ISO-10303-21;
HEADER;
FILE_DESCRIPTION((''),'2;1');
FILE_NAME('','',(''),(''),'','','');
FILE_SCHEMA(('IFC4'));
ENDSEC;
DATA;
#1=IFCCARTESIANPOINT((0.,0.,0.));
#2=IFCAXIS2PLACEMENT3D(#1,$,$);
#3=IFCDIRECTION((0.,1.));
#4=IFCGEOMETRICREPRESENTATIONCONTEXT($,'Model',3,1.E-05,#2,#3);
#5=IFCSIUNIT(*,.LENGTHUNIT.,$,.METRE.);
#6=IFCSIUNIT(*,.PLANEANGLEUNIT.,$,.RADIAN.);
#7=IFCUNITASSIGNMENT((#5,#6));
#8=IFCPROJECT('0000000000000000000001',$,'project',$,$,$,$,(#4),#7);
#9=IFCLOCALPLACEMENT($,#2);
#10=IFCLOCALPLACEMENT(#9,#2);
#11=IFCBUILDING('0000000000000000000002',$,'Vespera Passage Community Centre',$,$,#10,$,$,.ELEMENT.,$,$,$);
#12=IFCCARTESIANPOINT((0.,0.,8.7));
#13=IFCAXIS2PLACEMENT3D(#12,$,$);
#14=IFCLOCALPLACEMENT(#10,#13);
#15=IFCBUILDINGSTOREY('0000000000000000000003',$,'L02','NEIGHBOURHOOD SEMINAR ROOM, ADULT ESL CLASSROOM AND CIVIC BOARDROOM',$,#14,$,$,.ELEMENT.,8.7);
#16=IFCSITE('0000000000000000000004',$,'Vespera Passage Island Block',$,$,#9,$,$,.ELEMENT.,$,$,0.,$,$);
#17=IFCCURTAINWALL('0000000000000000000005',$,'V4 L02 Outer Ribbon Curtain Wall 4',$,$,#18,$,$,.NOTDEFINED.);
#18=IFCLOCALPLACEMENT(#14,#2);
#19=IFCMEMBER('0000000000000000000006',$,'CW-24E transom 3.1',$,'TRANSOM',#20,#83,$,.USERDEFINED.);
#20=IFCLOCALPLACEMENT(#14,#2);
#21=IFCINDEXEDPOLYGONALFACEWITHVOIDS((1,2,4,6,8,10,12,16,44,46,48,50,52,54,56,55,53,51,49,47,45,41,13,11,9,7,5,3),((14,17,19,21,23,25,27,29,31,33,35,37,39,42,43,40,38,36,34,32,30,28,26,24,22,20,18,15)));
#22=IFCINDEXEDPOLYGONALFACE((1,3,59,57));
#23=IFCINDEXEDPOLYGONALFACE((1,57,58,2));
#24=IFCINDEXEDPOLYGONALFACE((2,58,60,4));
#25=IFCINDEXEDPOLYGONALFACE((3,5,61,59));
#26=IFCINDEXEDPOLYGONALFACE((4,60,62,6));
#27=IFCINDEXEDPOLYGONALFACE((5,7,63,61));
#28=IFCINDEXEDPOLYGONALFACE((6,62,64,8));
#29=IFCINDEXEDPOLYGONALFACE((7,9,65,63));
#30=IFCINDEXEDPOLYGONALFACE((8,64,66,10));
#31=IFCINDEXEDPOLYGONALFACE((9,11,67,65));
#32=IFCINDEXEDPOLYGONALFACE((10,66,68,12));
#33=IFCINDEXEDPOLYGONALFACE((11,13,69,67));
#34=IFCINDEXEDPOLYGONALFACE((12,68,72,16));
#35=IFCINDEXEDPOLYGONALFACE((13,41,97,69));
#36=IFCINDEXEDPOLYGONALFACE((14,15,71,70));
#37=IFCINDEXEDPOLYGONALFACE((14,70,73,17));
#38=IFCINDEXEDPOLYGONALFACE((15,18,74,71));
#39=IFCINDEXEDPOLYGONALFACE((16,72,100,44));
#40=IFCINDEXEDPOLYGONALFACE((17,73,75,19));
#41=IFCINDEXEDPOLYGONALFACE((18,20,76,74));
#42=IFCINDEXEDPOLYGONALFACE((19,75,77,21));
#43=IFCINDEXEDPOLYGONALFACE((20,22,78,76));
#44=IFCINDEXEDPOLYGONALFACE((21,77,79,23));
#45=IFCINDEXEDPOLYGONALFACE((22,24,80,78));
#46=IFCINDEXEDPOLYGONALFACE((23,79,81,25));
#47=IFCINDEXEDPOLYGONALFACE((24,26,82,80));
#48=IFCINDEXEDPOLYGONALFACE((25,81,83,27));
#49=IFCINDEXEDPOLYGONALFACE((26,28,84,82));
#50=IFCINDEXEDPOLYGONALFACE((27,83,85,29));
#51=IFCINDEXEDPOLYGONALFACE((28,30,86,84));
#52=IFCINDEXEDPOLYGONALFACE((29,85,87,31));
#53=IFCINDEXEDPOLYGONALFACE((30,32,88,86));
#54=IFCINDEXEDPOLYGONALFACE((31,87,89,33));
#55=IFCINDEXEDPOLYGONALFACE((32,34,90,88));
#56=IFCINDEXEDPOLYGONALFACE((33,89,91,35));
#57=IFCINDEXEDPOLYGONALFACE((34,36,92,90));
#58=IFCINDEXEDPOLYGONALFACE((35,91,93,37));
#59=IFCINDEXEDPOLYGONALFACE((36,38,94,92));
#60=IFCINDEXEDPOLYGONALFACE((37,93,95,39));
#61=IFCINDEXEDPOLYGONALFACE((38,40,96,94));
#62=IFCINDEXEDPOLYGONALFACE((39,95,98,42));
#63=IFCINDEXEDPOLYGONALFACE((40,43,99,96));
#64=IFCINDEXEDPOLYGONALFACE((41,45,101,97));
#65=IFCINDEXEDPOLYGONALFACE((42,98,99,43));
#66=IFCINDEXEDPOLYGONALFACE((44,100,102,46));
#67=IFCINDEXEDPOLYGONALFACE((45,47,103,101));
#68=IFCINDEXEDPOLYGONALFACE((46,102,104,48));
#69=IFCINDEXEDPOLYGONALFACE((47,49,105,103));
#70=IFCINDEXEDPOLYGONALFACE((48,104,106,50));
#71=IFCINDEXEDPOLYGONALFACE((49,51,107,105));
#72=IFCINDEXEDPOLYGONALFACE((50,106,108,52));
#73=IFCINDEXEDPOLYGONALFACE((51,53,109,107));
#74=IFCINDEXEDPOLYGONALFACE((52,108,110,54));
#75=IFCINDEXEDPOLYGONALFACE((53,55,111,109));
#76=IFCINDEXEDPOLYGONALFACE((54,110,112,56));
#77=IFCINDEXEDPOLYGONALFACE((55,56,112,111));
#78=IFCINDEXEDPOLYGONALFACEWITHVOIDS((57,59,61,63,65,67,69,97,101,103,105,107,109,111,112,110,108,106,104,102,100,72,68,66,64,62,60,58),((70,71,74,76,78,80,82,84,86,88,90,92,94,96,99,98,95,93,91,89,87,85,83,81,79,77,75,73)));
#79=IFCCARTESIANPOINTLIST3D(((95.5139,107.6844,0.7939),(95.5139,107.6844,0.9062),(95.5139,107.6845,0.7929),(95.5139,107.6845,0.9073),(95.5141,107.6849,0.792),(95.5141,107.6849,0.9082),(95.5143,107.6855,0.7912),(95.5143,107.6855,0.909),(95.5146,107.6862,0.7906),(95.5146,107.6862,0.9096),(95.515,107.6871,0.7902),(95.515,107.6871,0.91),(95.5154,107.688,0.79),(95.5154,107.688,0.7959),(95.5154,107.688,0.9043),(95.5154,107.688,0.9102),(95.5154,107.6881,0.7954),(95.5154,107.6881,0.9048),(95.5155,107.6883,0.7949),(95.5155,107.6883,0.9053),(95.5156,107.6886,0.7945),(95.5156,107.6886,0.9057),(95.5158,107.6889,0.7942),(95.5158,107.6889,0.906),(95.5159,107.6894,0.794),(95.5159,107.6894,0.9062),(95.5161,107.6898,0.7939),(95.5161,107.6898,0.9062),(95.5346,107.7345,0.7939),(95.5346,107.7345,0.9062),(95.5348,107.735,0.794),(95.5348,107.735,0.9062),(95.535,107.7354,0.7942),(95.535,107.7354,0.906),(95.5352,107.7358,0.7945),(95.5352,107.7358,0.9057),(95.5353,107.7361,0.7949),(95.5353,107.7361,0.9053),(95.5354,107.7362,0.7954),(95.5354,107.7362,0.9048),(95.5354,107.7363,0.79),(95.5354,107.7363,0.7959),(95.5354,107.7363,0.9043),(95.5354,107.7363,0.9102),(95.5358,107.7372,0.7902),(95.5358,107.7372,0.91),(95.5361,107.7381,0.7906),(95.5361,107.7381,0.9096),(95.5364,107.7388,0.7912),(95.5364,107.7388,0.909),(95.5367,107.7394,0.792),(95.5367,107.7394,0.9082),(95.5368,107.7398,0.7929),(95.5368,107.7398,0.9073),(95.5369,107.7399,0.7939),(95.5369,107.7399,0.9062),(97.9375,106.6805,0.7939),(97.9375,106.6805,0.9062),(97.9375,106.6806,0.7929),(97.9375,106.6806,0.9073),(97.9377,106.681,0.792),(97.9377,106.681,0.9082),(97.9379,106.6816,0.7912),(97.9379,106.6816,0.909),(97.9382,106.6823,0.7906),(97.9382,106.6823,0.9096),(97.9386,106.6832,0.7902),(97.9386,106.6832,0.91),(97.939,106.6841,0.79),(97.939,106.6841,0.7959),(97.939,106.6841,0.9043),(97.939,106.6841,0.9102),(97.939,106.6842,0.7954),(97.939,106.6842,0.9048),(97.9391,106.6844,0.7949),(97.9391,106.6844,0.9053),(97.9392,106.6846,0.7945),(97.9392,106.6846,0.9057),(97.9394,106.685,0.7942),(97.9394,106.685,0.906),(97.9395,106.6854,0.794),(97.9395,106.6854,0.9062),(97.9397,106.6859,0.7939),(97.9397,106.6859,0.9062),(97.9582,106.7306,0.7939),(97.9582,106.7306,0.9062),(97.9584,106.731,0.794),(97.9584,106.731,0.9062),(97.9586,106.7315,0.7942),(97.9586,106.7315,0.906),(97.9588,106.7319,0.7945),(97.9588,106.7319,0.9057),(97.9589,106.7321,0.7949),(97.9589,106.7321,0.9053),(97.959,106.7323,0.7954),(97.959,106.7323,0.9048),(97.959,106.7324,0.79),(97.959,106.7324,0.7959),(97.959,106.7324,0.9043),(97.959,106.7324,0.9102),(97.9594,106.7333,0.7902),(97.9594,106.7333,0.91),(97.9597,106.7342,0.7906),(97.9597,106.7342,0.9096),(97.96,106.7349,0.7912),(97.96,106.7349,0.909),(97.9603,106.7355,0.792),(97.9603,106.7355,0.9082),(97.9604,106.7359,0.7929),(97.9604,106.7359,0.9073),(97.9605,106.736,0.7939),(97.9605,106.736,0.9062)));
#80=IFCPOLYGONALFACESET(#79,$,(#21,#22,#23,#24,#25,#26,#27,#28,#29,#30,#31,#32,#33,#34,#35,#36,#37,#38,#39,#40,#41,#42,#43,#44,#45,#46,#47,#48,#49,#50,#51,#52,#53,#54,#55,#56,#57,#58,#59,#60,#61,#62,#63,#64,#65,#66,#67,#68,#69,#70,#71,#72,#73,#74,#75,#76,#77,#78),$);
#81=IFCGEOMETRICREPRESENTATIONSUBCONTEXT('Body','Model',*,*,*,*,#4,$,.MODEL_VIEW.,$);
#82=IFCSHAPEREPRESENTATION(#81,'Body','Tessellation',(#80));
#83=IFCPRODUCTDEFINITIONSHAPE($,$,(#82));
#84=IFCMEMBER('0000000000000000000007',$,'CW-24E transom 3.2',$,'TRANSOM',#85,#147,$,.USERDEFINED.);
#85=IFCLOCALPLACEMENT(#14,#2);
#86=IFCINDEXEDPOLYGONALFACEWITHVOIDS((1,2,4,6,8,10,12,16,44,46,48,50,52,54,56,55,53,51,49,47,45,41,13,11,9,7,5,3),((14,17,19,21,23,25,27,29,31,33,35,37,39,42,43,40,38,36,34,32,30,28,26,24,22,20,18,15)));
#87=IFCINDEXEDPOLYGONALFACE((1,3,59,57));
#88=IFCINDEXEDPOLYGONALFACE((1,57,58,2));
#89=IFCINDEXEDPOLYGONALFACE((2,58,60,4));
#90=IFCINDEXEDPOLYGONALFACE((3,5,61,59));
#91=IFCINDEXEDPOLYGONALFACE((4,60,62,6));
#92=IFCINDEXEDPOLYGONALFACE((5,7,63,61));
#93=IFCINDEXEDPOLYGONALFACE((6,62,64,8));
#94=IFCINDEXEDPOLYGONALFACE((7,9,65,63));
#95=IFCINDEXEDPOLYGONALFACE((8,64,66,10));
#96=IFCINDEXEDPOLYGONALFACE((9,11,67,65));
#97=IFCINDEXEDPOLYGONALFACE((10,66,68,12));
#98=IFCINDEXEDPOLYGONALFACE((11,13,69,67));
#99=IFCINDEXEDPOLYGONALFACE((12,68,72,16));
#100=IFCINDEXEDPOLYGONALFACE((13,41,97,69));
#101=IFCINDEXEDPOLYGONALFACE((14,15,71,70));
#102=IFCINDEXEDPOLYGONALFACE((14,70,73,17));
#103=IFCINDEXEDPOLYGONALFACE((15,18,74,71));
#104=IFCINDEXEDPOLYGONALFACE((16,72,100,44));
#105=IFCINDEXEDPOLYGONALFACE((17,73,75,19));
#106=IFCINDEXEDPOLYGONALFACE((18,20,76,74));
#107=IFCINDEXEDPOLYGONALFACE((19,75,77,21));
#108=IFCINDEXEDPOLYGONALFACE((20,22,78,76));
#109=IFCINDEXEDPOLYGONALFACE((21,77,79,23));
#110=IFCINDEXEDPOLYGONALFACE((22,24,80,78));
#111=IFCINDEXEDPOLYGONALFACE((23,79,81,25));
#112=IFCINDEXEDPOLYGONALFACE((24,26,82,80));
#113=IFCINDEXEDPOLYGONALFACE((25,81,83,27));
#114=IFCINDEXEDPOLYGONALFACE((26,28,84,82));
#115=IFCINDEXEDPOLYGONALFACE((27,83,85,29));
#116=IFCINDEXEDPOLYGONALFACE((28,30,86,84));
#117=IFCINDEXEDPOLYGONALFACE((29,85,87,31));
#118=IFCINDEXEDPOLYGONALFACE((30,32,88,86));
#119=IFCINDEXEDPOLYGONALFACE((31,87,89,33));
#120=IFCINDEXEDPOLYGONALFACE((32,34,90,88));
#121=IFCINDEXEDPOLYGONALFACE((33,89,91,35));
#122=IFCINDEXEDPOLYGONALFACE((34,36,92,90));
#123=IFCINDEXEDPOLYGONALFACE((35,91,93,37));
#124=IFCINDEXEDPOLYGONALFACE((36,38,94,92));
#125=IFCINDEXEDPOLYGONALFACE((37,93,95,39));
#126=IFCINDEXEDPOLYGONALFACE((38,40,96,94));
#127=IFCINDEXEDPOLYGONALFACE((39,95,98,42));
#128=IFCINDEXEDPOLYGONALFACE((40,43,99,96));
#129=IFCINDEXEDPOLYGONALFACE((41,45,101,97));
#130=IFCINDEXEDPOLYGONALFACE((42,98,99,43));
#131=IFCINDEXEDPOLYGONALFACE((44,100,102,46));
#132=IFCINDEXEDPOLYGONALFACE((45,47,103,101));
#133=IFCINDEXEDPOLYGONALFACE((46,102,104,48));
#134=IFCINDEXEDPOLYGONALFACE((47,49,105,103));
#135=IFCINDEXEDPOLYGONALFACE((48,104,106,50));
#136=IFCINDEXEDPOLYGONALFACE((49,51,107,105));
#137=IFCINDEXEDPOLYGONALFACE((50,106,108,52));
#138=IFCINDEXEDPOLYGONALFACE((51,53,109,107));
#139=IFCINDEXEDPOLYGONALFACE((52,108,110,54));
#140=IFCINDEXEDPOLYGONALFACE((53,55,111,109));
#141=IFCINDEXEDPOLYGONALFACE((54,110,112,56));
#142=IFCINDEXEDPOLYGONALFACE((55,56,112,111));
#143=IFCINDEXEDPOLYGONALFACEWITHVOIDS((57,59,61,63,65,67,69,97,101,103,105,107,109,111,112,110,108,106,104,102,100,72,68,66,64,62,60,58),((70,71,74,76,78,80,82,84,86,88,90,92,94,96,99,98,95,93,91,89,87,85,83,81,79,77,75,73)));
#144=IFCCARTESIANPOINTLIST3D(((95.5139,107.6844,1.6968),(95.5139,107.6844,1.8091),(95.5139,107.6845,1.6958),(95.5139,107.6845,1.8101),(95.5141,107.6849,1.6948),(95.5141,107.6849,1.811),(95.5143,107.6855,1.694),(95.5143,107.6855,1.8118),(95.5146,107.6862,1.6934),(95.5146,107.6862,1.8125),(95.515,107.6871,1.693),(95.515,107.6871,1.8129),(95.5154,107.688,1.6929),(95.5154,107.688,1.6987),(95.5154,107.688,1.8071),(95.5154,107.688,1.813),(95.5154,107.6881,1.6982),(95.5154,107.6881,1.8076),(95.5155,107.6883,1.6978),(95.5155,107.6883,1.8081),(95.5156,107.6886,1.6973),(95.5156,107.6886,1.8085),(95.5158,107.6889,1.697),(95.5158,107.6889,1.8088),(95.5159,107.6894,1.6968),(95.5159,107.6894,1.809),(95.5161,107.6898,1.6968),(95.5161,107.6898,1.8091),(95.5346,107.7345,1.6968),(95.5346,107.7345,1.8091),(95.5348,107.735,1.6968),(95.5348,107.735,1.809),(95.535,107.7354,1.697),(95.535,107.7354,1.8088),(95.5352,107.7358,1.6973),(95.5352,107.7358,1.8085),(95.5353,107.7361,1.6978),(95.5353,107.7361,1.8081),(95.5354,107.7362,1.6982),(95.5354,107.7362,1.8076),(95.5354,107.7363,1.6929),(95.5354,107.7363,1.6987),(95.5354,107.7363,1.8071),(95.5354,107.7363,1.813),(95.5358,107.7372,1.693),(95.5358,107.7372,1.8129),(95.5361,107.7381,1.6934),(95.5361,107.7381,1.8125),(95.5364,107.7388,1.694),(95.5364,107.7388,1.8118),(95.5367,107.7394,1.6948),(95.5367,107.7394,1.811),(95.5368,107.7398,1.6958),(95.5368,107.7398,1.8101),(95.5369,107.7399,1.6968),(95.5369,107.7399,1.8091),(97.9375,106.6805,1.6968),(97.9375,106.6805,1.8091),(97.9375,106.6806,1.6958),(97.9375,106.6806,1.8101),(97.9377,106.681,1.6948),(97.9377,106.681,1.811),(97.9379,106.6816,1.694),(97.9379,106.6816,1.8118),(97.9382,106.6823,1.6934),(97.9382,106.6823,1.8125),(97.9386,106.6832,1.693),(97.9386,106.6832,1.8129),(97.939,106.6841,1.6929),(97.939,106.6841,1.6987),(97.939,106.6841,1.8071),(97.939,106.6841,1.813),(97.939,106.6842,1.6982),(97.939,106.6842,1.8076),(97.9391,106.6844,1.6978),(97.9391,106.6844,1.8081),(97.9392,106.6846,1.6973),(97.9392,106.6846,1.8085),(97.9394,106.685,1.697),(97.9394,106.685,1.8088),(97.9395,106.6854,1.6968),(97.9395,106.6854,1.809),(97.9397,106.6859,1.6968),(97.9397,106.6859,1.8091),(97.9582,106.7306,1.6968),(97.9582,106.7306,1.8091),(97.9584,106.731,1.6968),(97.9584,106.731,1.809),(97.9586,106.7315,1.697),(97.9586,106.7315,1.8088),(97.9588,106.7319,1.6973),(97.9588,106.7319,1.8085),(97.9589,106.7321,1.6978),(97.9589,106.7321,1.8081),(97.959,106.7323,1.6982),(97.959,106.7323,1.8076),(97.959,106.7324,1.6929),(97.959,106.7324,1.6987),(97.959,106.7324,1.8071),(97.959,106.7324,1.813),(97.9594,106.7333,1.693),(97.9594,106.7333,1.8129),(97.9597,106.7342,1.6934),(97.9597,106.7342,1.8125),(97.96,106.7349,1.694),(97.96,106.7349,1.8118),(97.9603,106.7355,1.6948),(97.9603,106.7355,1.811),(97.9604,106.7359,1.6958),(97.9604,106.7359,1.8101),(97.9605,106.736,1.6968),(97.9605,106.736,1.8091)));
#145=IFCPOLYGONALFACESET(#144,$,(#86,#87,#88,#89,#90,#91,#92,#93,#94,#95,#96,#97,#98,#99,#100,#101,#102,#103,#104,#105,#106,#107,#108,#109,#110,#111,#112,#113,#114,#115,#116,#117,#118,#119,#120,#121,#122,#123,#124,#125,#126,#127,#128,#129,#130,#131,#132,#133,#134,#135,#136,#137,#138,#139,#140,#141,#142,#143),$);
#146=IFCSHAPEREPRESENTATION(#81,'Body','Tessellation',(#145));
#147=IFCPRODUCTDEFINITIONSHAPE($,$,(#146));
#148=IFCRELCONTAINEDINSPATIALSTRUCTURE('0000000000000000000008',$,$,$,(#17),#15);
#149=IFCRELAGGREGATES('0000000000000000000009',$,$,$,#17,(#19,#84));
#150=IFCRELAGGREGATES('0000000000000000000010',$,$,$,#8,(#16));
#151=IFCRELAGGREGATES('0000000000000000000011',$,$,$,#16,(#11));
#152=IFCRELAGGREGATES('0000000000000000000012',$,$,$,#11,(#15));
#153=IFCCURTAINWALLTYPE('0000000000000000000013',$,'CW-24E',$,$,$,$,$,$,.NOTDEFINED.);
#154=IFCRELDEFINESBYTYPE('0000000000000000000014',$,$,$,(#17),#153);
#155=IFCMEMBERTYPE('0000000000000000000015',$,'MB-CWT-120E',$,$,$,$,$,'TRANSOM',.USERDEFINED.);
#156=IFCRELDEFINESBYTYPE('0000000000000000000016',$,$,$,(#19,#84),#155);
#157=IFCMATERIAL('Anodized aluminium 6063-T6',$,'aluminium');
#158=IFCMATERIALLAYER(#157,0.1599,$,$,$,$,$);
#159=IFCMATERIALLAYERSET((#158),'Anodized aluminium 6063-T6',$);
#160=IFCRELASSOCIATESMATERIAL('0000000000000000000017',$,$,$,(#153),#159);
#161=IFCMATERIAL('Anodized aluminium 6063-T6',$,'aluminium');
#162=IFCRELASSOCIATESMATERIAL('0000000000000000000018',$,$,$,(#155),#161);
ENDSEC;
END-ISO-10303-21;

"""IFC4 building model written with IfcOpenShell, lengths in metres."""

from ifc_helpers import new_model, si_unit, direction, frame, origin, origin_2d, place, context, subcontext, project, spatial, hollow_rectangle, extrude, material, layer, layer_set, material_profile, profile_set, type_object, element, aggregate, save


model = new_model("IFC4")

# Units and contexts
model_context = context("Model", 3, precision=1e-05, world=origin(), true_north=direction((0.0, 1.0)))
body_context = subcontext(model_context, "Body", "Model", "MODEL_VIEW")
ifc_project = project(units=[si_unit("LENGTHUNIT", "METRE"), si_unit("PLANEANGLEUNIT", "RADIAN")], contexts=[model_context])

# Site, building, storey
site_placement = place(None, origin())
site = spatial("IfcSite", under=ifc_project, at=site_placement, Name="Vespera Passage Island Block", CompositionType="ELEMENT", RefElevation=0.0)
building_placement = place(site_placement, origin())
building = spatial("IfcBuilding", under=site, at=building_placement, Name="Vespera Passage Community Centre", CompositionType="ELEMENT")
storey_placement = place(building_placement, frame((0.0, 0.0, 8.7)))
storey = spatial("IfcBuildingStorey", under=building, at=storey_placement, Name="L02", Description="NEIGHBOURHOOD SEMINAR ROOM, ADULT ESL CLASSROOM AND CIVIC BOARDROOM", CompositionType="ELEMENT", Elevation=8.7)

# Curtain wall
ifc_material_1 = material(Name="Anodized aluminium 6063-T6", Category="aluminium")
ifc_layer_1 = layer(ifc_material_1, 0.1599)
ifc_layer_set_1 = layer_set([ifc_layer_1], Name="Anodized aluminium 6063-T6")
curtain_wall_type_1 = type_object("IfcCurtainWallType", Name="CW-24E", PredefinedType="NOTDEFINED", material=ifc_layer_set_1)
curtain_wall_1_placement = place(storey_placement, origin())
curtain_wall_1 = element("IfcCurtainWall", 1, at=curtain_wall_1_placement, inside=storey, type_object=curtain_wall_type_1, Name="V4 L02 Outer Ribbon Curtain Wall 4", PredefinedType="NOTDEFINED")

# Members
ifc_material_2 = material(Name="Anodized aluminium 6063-T6", Category="aluminium")
ifc_material_profile_1 = material_profile(ifc_material_2, hollow_rectangle(XDim=0.0601, YDim=0.1201, WallThickness=0.0039, InnerFilletRadius=0.002, OuterFilletRadius=0.0039, at=origin_2d()), Name="ALU120X60X4")
ifc_profile_set_1 = profile_set([ifc_material_profile_1], Name="Anodized aluminium 6063-T6")
member_type_1 = type_object("IfcMemberType", Name="MB-CWT-120E", ElementType="TRANSOM", PredefinedType="USERDEFINED", material=ifc_profile_set_1)
member_1_placement = place(storey_placement, frame((95.5254, 107.7122, 0.8501), z_axis=(0.923876, -0.382692, 0.0), x_axis=(0.382692, 0.923876, 0.0)))
member_1 = element("IfcMember", 2, at=member_1_placement, type_object=member_type_1, Name="CW-24E transom 3.1", ObjectType="TRANSOM", PredefinedType="USERDEFINED", context=body_context, shape_type="SweptSolid", body=[
    extrude(hollow_rectangle(XDim=0.0601, YDim=0.1201, WallThickness=0.0039, InnerFilletRadius=0.002, OuterFilletRadius=0.0039, at=origin_2d()), origin(), (0.0, 0.0, 1.0), 2.6233),
])
member_2_placement = place(storey_placement, frame((95.5254, 107.7122, 1.7529), z_axis=(0.923876, -0.382692, 0.0), x_axis=(0.382692, 0.923876, 0.0)))
member_2 = element("IfcMember", 3, at=member_2_placement, type_object=member_type_1, Name="CW-24E transom 3.2", ObjectType="TRANSOM", PredefinedType="USERDEFINED", context=body_context, shape_type="SweptSolid", body=[
    extrude(hollow_rectangle(XDim=0.0601, YDim=0.1201, WallThickness=0.0039, InnerFilletRadius=0.002, OuterFilletRadius=0.0039, at=origin_2d()), origin(), (0.0, 0.0, 1.0), 2.6233),
])

aggregate(curtain_wall_1, [member_1, member_2])

save(model, "model.ifc")
